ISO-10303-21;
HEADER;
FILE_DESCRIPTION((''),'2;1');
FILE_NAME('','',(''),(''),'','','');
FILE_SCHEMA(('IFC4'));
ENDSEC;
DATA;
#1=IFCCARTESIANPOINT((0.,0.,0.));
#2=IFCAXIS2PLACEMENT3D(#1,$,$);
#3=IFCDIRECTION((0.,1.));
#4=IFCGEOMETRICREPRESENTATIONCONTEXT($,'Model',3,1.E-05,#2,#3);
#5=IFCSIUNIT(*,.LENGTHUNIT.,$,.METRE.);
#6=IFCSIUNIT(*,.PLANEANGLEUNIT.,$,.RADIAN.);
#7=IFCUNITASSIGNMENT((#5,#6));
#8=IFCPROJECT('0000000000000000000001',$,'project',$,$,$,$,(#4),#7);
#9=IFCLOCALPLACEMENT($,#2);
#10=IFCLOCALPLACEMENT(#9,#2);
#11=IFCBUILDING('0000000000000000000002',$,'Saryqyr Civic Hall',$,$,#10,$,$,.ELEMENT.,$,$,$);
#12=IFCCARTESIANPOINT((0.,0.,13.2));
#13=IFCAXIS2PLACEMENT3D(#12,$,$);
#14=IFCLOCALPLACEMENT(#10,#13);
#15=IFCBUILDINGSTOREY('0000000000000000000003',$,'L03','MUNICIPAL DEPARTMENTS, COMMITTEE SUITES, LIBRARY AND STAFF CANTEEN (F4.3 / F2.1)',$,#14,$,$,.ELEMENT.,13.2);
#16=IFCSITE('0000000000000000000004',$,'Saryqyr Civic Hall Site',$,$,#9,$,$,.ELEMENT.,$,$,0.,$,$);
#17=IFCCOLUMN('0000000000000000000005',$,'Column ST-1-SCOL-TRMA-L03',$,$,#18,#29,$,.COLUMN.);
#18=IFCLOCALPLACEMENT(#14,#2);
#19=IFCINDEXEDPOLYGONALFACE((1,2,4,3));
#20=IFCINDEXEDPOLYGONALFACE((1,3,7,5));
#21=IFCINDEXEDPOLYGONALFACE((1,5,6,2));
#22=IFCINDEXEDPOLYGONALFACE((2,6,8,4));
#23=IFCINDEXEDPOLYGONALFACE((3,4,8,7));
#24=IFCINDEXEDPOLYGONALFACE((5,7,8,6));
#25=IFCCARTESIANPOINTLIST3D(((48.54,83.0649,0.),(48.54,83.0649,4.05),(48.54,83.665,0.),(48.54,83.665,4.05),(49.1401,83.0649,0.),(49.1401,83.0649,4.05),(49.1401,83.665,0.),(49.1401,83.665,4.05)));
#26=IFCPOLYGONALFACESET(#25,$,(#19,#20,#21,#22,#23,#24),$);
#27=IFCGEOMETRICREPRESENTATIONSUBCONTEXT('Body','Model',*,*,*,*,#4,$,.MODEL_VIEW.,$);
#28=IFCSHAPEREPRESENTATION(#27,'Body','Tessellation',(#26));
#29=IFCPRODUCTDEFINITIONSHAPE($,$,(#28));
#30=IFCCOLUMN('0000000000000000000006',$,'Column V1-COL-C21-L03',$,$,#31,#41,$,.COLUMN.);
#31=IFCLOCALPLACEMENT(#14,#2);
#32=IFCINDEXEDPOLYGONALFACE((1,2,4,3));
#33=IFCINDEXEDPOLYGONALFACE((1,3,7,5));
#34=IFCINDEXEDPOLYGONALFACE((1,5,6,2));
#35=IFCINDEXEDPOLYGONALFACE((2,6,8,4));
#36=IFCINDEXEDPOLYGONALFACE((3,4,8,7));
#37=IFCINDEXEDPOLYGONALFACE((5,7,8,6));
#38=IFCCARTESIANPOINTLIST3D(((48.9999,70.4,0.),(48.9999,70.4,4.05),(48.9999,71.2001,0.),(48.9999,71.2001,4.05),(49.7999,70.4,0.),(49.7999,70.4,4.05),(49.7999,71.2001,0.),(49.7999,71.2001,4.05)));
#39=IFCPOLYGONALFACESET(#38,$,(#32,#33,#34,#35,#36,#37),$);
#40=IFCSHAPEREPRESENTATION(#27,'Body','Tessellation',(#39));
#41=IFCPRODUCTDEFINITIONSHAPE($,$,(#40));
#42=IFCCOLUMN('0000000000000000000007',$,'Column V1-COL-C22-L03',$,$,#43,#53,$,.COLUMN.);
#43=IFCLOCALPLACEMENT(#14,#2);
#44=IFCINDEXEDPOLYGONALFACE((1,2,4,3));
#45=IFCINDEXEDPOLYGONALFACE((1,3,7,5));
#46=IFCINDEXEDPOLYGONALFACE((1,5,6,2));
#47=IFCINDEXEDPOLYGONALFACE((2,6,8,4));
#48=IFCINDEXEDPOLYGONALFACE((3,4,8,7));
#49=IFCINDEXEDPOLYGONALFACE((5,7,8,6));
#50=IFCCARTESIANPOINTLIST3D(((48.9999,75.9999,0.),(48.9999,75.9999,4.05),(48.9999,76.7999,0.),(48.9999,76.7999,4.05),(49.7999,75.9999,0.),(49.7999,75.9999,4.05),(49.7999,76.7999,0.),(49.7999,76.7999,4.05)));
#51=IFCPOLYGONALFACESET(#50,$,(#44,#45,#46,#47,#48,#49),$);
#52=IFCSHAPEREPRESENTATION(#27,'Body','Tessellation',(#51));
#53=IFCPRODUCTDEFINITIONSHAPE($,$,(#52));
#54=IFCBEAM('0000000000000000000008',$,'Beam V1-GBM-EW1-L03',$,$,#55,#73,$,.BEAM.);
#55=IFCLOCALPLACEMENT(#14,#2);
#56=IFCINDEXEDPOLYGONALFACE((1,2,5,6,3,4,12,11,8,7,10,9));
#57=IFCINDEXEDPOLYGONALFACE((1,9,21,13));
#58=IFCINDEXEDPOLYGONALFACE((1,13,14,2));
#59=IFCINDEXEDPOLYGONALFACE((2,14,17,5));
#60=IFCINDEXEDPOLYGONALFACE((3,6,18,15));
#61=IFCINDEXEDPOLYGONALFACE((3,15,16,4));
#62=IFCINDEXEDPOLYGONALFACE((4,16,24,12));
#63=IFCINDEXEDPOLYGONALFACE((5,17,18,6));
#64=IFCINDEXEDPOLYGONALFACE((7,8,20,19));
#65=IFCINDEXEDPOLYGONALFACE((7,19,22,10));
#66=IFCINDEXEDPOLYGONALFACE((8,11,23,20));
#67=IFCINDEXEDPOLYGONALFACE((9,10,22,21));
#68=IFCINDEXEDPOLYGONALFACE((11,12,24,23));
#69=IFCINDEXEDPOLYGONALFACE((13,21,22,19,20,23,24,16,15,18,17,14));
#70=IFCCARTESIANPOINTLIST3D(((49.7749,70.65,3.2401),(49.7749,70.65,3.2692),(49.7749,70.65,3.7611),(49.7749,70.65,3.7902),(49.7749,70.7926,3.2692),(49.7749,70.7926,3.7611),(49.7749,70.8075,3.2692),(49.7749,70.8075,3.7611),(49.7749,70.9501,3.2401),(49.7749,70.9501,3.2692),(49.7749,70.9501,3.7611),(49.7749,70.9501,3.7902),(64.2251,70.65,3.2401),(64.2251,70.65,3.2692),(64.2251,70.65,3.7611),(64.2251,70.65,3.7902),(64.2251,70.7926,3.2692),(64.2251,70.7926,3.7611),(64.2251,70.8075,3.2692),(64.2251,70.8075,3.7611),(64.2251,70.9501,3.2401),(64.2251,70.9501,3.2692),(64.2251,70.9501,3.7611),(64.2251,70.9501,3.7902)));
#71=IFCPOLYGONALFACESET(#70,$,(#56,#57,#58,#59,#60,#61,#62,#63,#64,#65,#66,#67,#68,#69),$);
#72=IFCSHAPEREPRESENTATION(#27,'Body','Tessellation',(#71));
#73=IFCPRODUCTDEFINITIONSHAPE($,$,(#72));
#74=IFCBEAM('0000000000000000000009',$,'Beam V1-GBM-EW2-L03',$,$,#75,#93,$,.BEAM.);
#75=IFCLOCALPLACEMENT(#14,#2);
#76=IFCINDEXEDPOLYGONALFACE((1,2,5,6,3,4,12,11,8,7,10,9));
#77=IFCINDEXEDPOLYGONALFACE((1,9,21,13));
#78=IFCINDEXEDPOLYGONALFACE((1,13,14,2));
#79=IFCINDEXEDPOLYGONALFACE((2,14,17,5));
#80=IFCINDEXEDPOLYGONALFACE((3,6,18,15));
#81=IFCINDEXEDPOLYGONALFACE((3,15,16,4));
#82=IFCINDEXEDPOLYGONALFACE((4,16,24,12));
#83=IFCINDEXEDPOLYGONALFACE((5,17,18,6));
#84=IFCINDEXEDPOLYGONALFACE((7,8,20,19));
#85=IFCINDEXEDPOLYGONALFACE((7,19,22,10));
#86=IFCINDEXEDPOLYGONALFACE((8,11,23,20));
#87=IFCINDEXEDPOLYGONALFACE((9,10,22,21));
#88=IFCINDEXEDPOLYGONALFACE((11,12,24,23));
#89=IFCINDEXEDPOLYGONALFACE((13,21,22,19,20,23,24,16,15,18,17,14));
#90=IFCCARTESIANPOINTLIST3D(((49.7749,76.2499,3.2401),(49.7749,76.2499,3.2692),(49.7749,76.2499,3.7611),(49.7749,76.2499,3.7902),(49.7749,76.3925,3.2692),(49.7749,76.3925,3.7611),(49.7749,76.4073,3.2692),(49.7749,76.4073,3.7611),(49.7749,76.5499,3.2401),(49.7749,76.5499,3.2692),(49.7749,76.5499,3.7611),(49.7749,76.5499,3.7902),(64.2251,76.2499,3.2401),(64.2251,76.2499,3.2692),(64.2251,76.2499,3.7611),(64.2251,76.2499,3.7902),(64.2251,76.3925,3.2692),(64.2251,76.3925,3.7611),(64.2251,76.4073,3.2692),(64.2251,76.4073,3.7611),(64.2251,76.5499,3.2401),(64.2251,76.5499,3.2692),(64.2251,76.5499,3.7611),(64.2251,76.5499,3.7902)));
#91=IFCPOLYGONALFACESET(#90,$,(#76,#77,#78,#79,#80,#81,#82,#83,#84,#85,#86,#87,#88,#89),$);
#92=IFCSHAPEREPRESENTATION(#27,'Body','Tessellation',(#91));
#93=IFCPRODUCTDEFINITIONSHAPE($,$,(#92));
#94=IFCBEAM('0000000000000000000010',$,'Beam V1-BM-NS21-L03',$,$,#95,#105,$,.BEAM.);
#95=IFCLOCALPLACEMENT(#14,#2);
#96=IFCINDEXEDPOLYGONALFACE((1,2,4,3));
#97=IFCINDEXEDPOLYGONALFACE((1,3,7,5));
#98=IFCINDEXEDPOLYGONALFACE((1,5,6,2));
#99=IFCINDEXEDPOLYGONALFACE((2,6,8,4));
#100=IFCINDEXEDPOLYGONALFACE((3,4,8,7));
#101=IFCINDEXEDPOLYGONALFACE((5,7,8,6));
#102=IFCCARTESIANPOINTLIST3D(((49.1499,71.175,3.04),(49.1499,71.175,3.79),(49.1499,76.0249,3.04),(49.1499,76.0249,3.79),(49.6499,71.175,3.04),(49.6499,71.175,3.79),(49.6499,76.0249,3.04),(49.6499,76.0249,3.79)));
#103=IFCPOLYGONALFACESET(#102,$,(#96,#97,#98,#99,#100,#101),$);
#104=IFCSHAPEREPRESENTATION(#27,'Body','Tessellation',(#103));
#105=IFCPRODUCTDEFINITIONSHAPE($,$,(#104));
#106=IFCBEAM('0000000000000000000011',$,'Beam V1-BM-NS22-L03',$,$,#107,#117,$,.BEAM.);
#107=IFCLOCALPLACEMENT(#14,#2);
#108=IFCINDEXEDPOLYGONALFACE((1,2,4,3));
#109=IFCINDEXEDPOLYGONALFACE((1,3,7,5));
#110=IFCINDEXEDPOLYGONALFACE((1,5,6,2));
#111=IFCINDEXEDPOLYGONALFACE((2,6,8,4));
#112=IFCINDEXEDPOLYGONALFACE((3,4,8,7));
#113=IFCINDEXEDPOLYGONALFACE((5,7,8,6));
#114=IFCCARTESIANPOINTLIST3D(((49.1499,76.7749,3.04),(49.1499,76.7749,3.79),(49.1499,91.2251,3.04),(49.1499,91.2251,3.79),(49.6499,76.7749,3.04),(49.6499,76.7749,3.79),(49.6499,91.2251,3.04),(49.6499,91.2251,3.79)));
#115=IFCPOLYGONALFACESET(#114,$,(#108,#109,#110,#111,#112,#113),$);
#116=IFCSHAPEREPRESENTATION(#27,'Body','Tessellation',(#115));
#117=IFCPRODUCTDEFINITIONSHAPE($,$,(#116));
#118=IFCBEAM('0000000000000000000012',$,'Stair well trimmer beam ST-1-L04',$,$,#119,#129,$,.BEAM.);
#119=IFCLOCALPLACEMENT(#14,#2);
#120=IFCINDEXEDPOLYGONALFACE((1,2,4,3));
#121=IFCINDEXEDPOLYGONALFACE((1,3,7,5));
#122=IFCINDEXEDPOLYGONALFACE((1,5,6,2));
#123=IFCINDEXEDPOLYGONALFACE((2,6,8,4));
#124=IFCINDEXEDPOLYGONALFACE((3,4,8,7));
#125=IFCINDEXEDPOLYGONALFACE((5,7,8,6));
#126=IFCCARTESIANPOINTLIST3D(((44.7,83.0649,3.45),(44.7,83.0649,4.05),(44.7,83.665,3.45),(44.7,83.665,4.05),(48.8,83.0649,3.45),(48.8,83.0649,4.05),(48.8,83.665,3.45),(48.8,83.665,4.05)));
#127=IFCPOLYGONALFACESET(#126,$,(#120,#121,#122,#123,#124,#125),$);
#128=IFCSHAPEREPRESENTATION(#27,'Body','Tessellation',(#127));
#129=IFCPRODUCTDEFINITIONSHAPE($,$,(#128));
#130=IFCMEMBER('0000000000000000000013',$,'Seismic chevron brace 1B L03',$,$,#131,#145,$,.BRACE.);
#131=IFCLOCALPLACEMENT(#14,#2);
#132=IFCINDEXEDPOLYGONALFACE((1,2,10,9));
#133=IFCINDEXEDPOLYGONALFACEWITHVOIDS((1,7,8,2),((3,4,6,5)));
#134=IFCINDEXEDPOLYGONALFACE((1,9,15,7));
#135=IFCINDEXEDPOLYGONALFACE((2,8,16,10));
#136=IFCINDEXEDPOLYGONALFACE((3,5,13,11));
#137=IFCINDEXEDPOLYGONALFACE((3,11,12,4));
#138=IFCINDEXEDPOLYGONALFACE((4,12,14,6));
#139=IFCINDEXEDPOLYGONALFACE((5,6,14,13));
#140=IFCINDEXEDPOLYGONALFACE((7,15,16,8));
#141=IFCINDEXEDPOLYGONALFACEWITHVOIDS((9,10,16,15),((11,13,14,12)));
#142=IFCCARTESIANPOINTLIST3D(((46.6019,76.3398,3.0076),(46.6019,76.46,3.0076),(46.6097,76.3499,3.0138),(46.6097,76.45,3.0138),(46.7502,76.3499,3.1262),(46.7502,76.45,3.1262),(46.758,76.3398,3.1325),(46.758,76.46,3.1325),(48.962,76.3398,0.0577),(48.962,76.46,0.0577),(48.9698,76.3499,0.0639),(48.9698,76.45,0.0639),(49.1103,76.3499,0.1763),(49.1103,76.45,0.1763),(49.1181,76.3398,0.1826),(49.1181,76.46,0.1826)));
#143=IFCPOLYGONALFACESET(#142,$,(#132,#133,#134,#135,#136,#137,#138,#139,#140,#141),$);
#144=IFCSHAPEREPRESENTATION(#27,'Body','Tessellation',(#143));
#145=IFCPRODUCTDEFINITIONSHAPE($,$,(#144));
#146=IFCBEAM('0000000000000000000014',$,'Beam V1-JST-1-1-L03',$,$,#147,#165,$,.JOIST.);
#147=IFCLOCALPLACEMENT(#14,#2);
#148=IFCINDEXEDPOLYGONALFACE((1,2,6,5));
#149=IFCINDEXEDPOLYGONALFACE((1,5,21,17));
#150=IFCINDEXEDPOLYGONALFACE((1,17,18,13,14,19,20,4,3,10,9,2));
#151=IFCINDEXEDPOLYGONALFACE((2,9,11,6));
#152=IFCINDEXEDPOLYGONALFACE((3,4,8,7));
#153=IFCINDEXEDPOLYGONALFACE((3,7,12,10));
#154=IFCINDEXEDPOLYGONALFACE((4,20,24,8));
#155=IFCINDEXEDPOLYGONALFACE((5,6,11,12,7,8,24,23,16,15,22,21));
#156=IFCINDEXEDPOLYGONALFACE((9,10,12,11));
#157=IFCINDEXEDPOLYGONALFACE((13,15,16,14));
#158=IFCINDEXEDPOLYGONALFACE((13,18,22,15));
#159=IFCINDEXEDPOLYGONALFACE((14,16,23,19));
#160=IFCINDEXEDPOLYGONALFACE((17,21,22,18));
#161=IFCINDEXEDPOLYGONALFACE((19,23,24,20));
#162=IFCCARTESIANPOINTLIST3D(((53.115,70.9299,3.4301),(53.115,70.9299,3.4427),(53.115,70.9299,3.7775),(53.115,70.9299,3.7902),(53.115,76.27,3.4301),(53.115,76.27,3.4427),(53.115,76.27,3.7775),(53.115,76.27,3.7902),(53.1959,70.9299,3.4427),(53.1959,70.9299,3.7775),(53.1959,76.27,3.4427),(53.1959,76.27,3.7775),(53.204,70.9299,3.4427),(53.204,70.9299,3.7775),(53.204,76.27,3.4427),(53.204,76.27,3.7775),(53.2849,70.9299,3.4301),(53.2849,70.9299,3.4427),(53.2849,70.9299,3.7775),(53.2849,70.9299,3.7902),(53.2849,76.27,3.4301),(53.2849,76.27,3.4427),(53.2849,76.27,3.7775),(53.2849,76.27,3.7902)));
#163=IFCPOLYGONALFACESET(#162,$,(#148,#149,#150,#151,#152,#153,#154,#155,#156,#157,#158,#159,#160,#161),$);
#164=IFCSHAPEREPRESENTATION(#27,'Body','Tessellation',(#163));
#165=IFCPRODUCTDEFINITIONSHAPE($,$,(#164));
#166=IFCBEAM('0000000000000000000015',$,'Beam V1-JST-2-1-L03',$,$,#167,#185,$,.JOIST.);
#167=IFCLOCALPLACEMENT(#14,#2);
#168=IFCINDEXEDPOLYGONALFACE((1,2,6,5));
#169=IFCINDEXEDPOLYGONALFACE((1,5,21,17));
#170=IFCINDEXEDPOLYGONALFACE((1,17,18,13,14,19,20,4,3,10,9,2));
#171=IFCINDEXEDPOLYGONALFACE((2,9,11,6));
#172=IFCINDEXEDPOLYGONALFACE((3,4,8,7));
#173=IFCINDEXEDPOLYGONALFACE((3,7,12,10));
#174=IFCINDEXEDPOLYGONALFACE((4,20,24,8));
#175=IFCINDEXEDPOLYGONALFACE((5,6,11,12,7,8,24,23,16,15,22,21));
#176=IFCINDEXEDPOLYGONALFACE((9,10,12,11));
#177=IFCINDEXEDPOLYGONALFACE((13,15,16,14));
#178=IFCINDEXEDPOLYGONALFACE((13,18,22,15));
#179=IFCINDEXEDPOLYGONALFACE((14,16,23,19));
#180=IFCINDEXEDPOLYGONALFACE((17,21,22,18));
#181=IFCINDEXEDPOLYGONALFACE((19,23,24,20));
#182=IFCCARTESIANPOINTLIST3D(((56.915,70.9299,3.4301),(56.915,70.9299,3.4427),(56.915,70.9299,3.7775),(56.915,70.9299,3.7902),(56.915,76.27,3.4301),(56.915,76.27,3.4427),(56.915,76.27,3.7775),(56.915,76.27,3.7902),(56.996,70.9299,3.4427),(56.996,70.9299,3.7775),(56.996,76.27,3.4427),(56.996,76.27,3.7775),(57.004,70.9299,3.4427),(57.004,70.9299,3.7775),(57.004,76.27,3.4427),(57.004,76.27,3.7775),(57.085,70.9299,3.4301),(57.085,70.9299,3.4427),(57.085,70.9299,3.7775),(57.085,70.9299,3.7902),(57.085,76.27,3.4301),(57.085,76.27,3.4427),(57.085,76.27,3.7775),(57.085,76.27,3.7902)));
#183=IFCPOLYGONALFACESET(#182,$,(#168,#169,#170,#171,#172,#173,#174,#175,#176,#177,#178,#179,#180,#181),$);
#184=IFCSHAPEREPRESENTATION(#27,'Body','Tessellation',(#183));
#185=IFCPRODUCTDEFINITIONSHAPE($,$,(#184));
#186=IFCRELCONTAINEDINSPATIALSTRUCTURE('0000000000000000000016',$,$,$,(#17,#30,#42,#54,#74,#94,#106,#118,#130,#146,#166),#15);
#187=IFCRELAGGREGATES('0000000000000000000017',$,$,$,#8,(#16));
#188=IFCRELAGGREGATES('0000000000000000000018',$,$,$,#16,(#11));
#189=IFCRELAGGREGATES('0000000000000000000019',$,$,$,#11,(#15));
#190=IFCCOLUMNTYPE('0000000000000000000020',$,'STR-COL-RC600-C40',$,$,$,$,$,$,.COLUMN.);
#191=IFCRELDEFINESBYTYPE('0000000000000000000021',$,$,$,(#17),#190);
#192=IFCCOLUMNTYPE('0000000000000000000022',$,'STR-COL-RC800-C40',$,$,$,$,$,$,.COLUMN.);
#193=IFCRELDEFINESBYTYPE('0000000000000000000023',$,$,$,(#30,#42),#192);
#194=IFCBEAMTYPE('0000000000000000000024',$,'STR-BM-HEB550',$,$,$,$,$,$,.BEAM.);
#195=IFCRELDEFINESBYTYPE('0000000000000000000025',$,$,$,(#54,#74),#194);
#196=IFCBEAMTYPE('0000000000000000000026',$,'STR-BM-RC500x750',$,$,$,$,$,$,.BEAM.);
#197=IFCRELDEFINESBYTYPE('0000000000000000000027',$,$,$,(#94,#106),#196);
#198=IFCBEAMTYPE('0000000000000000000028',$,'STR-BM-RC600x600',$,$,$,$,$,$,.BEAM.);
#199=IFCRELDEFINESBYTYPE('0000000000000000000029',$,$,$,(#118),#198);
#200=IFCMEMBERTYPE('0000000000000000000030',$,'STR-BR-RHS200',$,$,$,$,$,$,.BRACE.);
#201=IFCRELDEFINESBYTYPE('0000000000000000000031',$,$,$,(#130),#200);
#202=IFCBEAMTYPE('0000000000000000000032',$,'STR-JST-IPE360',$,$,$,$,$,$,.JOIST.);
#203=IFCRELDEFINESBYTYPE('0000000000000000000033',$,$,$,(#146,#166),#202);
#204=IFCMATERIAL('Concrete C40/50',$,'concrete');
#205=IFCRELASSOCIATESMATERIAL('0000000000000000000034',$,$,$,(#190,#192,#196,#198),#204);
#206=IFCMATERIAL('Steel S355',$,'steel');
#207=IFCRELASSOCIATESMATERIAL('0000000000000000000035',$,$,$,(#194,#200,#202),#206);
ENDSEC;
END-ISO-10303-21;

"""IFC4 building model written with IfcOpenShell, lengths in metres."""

from ifc_helpers import new_model, si_unit, direction, frame, origin, origin_2d, place, context, subcontext, project, spatial, rectangle, hollow_rectangle, i_section, extrude, material, material_profile, profile_set, type_object, element, save


model = new_model("IFC4")

# Units and contexts
model_context = context("Model", 3, precision=1e-05, world=origin(), true_north=direction((0.0, 1.0)))
body_context = subcontext(model_context, "Body", "Model", "MODEL_VIEW")
ifc_project = project(units=[si_unit("LENGTHUNIT", "METRE"), si_unit("PLANEANGLEUNIT", "RADIAN")], contexts=[model_context])

# Site, building, storey
site_placement = place(None, origin())
site = spatial("IfcSite", under=ifc_project, at=site_placement, Name="Saryqyr Civic Hall Site", CompositionType="ELEMENT", RefElevation=0.0)
building_placement = place(site_placement, origin())
building = spatial("IfcBuilding", under=site, at=building_placement, Name="Saryqyr Civic Hall", CompositionType="ELEMENT")
storey_placement = place(building_placement, frame((0.0, 0.0, 13.2)))
storey = spatial("IfcBuildingStorey", under=building, at=storey_placement, Name="L03", Description="MUNICIPAL DEPARTMENTS, COMMITTEE SUITES, LIBRARY AND STAFF CANTEEN (F4.3 / F2.1)", CompositionType="ELEMENT", Elevation=13.2)

# Columns
ifc_material_1 = material(Name="Concrete C40/50", Category="concrete")
ifc_material_profile_1 = material_profile(ifc_material_1, rectangle(XDim=0.6001, YDim=0.6001, at=origin_2d()), Name="RC 600x600")
ifc_profile_set_1 = profile_set([ifc_material_profile_1], Name="Concrete C40/50")
column_type_1 = type_object("IfcColumnType", Name="STR-COL-RC600-C40", PredefinedType="COLUMN", material=ifc_profile_set_1)
column_placement = place(storey_placement, frame((48.8401, 83.365, 0.0), z_axis=(0.0, 0.0, 1.0), x_axis=(1.0, 0.0, 0.0)))
element("IfcColumn", 1, at=column_placement, inside=storey, type_object=column_type_1, Name="Column ST-1-SCOL-TRMA-L03", PredefinedType="COLUMN", context=body_context, shape_type="SweptSolid", body=[
    extrude(rectangle(XDim=0.6001, YDim=0.6001, at=origin_2d()), origin(), (0.0, 0.0, 1.0), 4.05),
])
ifc_material_profile_2 = material_profile(ifc_material_1, rectangle(XDim=0.8, YDim=0.8, at=origin_2d()), Name="RC 800x800")
ifc_profile_set_2 = profile_set([ifc_material_profile_2], Name="Concrete C40/50")
column_type_2 = type_object("IfcColumnType", Name="STR-COL-RC800-C40", PredefinedType="COLUMN", material=ifc_profile_set_2)
for number, where, z_axis, x_axis, name in (
    (2, (49.3999, 70.8, 0.0), (0.0, 0.0, 1.0), (1.0, 0.0, 0.0), "Column V1-COL-C21-L03"),
    (3, (49.3999, 76.3999, 0.0), (0.0, 0.0, 1.0), (1.0, 0.0, 0.0), "Column V1-COL-C22-L03"),
):
    element("IfcColumn", number, at=place(storey_placement, frame(where, z_axis=z_axis, x_axis=x_axis)), inside=storey, type_object=column_type_2, Name=name, PredefinedType="COLUMN", context=body_context, shape_type="SweptSolid", body=[
        extrude(rectangle(XDim=0.8, YDim=0.8, at=origin_2d()), origin(), (0.0, 0.0, 1.0), 4.05),
    ])

# Beams
ifc_material_2 = material(Name="Steel S355", Category="steel")
ifc_material_profile_3 = material_profile(ifc_material_2, i_section(OverallWidth=0.3, OverallDepth=0.55, WebThickness=0.0149, FlangeThickness=0.0291, at=origin_2d()), Name="HEB 550")
ifc_profile_set_3 = profile_set([ifc_material_profile_3], Name="Steel S355")
beam_type_1 = type_object("IfcBeamType", Name="STR-BM-HEB550", PredefinedType="BEAM", material=ifc_profile_set_3)
for number, where, z_axis, x_axis, name in (
    (4, (49.7749, 70.8, 3.5151), (1.0, 0.0, 0.0), (0.0, 1.0, 0.0), "Beam V1-GBM-EW1-L03"),
    (5, (49.7749, 76.3999, 3.5151), (1.0, 0.0, 0.0), (0.0, 1.0, 0.0), "Beam V1-GBM-EW2-L03"),
):
    element("IfcBeam", number, at=place(storey_placement, frame(where, z_axis=z_axis, x_axis=x_axis)), inside=storey, type_object=beam_type_1, Name=name, PredefinedType="BEAM", context=body_context, shape_type="SweptSolid", body=[
        extrude(i_section(OverallWidth=0.3, OverallDepth=0.55, WebThickness=0.0149, FlangeThickness=0.0291, at=origin_2d()), origin(), (0.0, 0.0, 1.0), 14.4502),
    ])
ifc_material_profile_4 = material_profile(ifc_material_1, rectangle(XDim=0.5, YDim=0.75, at=origin_2d()), Name="RC 500x750")
ifc_profile_set_4 = profile_set([ifc_material_profile_4], Name="Concrete C40/50")
beam_type_2 = type_object("IfcBeamType", Name="STR-BM-RC500x750", PredefinedType="BEAM", material=ifc_profile_set_4)
beam_1_placement = place(storey_placement, frame((49.3999, 71.175, 3.415), z_axis=(0.0, 1.0, 0.0), x_axis=(-1.0, 0.0, 0.0)))
element("IfcBeam", 6, at=beam_1_placement, inside=storey, type_object=beam_type_2, Name="Beam V1-BM-NS21-L03", PredefinedType="BEAM", context=body_context, shape_type="SweptSolid", body=[
    extrude(rectangle(XDim=0.5, YDim=0.75, at=origin_2d()), origin(), (0.0, 0.0, 1.0), 4.8499),
])
beam_2_placement = place(storey_placement, frame((49.3999, 76.7749, 3.415), z_axis=(0.0, 1.0, 0.0), x_axis=(-1.0, 0.0, 0.0)))
element("IfcBeam", 7, at=beam_2_placement, inside=storey, type_object=beam_type_2, Name="Beam V1-BM-NS22-L03", PredefinedType="BEAM", context=body_context, shape_type="SweptSolid", body=[
    extrude(rectangle(XDim=0.5, YDim=0.75, at=origin_2d()), origin(), (0.0, 0.0, 1.0), 14.4502),
])
ifc_material_profile_5 = material_profile(ifc_material_1, rectangle(XDim=0.6001, YDim=0.6001, at=origin_2d()), Name="RC 600x600")
ifc_profile_set_5 = profile_set([ifc_material_profile_5], Name="Concrete C40/50")
beam_type_3 = type_object("IfcBeamType", Name="STR-BM-RC600x600", PredefinedType="BEAM", material=ifc_profile_set_5)
beam_3_placement = place(storey_placement, frame((48.8, 83.365, 3.75), z_axis=(-1.0, 0.0, 0.0), x_axis=(0.0, -1.0, 0.0)))
element("IfcBeam", 8, at=beam_3_placement, inside=storey, type_object=beam_type_3, Name="Stair well trimmer beam ST-1-L04", PredefinedType="BEAM", context=body_context, shape_type="SweptSolid", body=[
    extrude(rectangle(XDim=0.6001, YDim=0.6001, at=origin_2d()), origin(), (0.0, 0.0, 1.0), 4.1001),
])

# Member
ifc_material_profile_6 = material_profile(ifc_material_2, hollow_rectangle(XDim=0.1201, YDim=0.2, WallThickness=0.01, at=origin_2d()), Name="RHS 200x120x10")
ifc_profile_set_6 = profile_set([ifc_material_profile_6], Name="Steel S355")
member_type = type_object("IfcMemberType", Name="STR-BR-RHS200", PredefinedType="BRACE", material=ifc_profile_set_6)
member_placement = place(storey_placement, frame((49.04, 76.3999, 0.1201), z_axis=(-0.624719, 0.0, 0.78085), x_axis=(0.0, -1.0, 0.0)))
element("IfcMember", 9, at=member_placement, inside=storey, type_object=member_type, Name="Seismic chevron brace 1B L03", PredefinedType="BRACE", context=body_context, shape_type="SweptSolid", body=[
    extrude(hollow_rectangle(XDim=0.1201, YDim=0.2, WallThickness=0.01, at=origin_2d()), origin(), (0.0, 0.0, 1.0), 3.7778),
])

# Beams
ifc_material_profile_7 = material_profile(ifc_material_2, i_section(OverallWidth=0.1699, OverallDepth=0.3601, WebThickness=0.0081, FlangeThickness=0.0127, at=origin_2d()), Name="IPE 360")
ifc_profile_set_7 = profile_set([ifc_material_profile_7], Name="Steel S355")
beam_type_4 = type_object("IfcBeamType", Name="STR-JST-IPE360", PredefinedType="JOIST", material=ifc_profile_set_7)
for number, where, z_axis, x_axis, name in (
    (10, (53.2, 70.9299, 3.6101), (0.0, 1.0, 0.0), (-1.0, 0.0, 0.0), "Beam V1-JST-1-1-L03"),
    (11, (57.0, 70.9299, 3.6101), (0.0, 1.0, 0.0), (-1.0, 0.0, 0.0), "Beam V1-JST-2-1-L03"),
):
    element("IfcBeam", number, at=place(storey_placement, frame(where, z_axis=z_axis, x_axis=x_axis)), inside=storey, type_object=beam_type_4, Name=name, PredefinedType="JOIST", context=body_context, shape_type="SweptSolid", body=[
        extrude(i_section(OverallWidth=0.1699, OverallDepth=0.3601, WebThickness=0.0081, FlangeThickness=0.0127, at=origin_2d()), origin(), (0.0, 0.0, 1.0), 5.3401),
    ])

save(model, "model.ifc")
